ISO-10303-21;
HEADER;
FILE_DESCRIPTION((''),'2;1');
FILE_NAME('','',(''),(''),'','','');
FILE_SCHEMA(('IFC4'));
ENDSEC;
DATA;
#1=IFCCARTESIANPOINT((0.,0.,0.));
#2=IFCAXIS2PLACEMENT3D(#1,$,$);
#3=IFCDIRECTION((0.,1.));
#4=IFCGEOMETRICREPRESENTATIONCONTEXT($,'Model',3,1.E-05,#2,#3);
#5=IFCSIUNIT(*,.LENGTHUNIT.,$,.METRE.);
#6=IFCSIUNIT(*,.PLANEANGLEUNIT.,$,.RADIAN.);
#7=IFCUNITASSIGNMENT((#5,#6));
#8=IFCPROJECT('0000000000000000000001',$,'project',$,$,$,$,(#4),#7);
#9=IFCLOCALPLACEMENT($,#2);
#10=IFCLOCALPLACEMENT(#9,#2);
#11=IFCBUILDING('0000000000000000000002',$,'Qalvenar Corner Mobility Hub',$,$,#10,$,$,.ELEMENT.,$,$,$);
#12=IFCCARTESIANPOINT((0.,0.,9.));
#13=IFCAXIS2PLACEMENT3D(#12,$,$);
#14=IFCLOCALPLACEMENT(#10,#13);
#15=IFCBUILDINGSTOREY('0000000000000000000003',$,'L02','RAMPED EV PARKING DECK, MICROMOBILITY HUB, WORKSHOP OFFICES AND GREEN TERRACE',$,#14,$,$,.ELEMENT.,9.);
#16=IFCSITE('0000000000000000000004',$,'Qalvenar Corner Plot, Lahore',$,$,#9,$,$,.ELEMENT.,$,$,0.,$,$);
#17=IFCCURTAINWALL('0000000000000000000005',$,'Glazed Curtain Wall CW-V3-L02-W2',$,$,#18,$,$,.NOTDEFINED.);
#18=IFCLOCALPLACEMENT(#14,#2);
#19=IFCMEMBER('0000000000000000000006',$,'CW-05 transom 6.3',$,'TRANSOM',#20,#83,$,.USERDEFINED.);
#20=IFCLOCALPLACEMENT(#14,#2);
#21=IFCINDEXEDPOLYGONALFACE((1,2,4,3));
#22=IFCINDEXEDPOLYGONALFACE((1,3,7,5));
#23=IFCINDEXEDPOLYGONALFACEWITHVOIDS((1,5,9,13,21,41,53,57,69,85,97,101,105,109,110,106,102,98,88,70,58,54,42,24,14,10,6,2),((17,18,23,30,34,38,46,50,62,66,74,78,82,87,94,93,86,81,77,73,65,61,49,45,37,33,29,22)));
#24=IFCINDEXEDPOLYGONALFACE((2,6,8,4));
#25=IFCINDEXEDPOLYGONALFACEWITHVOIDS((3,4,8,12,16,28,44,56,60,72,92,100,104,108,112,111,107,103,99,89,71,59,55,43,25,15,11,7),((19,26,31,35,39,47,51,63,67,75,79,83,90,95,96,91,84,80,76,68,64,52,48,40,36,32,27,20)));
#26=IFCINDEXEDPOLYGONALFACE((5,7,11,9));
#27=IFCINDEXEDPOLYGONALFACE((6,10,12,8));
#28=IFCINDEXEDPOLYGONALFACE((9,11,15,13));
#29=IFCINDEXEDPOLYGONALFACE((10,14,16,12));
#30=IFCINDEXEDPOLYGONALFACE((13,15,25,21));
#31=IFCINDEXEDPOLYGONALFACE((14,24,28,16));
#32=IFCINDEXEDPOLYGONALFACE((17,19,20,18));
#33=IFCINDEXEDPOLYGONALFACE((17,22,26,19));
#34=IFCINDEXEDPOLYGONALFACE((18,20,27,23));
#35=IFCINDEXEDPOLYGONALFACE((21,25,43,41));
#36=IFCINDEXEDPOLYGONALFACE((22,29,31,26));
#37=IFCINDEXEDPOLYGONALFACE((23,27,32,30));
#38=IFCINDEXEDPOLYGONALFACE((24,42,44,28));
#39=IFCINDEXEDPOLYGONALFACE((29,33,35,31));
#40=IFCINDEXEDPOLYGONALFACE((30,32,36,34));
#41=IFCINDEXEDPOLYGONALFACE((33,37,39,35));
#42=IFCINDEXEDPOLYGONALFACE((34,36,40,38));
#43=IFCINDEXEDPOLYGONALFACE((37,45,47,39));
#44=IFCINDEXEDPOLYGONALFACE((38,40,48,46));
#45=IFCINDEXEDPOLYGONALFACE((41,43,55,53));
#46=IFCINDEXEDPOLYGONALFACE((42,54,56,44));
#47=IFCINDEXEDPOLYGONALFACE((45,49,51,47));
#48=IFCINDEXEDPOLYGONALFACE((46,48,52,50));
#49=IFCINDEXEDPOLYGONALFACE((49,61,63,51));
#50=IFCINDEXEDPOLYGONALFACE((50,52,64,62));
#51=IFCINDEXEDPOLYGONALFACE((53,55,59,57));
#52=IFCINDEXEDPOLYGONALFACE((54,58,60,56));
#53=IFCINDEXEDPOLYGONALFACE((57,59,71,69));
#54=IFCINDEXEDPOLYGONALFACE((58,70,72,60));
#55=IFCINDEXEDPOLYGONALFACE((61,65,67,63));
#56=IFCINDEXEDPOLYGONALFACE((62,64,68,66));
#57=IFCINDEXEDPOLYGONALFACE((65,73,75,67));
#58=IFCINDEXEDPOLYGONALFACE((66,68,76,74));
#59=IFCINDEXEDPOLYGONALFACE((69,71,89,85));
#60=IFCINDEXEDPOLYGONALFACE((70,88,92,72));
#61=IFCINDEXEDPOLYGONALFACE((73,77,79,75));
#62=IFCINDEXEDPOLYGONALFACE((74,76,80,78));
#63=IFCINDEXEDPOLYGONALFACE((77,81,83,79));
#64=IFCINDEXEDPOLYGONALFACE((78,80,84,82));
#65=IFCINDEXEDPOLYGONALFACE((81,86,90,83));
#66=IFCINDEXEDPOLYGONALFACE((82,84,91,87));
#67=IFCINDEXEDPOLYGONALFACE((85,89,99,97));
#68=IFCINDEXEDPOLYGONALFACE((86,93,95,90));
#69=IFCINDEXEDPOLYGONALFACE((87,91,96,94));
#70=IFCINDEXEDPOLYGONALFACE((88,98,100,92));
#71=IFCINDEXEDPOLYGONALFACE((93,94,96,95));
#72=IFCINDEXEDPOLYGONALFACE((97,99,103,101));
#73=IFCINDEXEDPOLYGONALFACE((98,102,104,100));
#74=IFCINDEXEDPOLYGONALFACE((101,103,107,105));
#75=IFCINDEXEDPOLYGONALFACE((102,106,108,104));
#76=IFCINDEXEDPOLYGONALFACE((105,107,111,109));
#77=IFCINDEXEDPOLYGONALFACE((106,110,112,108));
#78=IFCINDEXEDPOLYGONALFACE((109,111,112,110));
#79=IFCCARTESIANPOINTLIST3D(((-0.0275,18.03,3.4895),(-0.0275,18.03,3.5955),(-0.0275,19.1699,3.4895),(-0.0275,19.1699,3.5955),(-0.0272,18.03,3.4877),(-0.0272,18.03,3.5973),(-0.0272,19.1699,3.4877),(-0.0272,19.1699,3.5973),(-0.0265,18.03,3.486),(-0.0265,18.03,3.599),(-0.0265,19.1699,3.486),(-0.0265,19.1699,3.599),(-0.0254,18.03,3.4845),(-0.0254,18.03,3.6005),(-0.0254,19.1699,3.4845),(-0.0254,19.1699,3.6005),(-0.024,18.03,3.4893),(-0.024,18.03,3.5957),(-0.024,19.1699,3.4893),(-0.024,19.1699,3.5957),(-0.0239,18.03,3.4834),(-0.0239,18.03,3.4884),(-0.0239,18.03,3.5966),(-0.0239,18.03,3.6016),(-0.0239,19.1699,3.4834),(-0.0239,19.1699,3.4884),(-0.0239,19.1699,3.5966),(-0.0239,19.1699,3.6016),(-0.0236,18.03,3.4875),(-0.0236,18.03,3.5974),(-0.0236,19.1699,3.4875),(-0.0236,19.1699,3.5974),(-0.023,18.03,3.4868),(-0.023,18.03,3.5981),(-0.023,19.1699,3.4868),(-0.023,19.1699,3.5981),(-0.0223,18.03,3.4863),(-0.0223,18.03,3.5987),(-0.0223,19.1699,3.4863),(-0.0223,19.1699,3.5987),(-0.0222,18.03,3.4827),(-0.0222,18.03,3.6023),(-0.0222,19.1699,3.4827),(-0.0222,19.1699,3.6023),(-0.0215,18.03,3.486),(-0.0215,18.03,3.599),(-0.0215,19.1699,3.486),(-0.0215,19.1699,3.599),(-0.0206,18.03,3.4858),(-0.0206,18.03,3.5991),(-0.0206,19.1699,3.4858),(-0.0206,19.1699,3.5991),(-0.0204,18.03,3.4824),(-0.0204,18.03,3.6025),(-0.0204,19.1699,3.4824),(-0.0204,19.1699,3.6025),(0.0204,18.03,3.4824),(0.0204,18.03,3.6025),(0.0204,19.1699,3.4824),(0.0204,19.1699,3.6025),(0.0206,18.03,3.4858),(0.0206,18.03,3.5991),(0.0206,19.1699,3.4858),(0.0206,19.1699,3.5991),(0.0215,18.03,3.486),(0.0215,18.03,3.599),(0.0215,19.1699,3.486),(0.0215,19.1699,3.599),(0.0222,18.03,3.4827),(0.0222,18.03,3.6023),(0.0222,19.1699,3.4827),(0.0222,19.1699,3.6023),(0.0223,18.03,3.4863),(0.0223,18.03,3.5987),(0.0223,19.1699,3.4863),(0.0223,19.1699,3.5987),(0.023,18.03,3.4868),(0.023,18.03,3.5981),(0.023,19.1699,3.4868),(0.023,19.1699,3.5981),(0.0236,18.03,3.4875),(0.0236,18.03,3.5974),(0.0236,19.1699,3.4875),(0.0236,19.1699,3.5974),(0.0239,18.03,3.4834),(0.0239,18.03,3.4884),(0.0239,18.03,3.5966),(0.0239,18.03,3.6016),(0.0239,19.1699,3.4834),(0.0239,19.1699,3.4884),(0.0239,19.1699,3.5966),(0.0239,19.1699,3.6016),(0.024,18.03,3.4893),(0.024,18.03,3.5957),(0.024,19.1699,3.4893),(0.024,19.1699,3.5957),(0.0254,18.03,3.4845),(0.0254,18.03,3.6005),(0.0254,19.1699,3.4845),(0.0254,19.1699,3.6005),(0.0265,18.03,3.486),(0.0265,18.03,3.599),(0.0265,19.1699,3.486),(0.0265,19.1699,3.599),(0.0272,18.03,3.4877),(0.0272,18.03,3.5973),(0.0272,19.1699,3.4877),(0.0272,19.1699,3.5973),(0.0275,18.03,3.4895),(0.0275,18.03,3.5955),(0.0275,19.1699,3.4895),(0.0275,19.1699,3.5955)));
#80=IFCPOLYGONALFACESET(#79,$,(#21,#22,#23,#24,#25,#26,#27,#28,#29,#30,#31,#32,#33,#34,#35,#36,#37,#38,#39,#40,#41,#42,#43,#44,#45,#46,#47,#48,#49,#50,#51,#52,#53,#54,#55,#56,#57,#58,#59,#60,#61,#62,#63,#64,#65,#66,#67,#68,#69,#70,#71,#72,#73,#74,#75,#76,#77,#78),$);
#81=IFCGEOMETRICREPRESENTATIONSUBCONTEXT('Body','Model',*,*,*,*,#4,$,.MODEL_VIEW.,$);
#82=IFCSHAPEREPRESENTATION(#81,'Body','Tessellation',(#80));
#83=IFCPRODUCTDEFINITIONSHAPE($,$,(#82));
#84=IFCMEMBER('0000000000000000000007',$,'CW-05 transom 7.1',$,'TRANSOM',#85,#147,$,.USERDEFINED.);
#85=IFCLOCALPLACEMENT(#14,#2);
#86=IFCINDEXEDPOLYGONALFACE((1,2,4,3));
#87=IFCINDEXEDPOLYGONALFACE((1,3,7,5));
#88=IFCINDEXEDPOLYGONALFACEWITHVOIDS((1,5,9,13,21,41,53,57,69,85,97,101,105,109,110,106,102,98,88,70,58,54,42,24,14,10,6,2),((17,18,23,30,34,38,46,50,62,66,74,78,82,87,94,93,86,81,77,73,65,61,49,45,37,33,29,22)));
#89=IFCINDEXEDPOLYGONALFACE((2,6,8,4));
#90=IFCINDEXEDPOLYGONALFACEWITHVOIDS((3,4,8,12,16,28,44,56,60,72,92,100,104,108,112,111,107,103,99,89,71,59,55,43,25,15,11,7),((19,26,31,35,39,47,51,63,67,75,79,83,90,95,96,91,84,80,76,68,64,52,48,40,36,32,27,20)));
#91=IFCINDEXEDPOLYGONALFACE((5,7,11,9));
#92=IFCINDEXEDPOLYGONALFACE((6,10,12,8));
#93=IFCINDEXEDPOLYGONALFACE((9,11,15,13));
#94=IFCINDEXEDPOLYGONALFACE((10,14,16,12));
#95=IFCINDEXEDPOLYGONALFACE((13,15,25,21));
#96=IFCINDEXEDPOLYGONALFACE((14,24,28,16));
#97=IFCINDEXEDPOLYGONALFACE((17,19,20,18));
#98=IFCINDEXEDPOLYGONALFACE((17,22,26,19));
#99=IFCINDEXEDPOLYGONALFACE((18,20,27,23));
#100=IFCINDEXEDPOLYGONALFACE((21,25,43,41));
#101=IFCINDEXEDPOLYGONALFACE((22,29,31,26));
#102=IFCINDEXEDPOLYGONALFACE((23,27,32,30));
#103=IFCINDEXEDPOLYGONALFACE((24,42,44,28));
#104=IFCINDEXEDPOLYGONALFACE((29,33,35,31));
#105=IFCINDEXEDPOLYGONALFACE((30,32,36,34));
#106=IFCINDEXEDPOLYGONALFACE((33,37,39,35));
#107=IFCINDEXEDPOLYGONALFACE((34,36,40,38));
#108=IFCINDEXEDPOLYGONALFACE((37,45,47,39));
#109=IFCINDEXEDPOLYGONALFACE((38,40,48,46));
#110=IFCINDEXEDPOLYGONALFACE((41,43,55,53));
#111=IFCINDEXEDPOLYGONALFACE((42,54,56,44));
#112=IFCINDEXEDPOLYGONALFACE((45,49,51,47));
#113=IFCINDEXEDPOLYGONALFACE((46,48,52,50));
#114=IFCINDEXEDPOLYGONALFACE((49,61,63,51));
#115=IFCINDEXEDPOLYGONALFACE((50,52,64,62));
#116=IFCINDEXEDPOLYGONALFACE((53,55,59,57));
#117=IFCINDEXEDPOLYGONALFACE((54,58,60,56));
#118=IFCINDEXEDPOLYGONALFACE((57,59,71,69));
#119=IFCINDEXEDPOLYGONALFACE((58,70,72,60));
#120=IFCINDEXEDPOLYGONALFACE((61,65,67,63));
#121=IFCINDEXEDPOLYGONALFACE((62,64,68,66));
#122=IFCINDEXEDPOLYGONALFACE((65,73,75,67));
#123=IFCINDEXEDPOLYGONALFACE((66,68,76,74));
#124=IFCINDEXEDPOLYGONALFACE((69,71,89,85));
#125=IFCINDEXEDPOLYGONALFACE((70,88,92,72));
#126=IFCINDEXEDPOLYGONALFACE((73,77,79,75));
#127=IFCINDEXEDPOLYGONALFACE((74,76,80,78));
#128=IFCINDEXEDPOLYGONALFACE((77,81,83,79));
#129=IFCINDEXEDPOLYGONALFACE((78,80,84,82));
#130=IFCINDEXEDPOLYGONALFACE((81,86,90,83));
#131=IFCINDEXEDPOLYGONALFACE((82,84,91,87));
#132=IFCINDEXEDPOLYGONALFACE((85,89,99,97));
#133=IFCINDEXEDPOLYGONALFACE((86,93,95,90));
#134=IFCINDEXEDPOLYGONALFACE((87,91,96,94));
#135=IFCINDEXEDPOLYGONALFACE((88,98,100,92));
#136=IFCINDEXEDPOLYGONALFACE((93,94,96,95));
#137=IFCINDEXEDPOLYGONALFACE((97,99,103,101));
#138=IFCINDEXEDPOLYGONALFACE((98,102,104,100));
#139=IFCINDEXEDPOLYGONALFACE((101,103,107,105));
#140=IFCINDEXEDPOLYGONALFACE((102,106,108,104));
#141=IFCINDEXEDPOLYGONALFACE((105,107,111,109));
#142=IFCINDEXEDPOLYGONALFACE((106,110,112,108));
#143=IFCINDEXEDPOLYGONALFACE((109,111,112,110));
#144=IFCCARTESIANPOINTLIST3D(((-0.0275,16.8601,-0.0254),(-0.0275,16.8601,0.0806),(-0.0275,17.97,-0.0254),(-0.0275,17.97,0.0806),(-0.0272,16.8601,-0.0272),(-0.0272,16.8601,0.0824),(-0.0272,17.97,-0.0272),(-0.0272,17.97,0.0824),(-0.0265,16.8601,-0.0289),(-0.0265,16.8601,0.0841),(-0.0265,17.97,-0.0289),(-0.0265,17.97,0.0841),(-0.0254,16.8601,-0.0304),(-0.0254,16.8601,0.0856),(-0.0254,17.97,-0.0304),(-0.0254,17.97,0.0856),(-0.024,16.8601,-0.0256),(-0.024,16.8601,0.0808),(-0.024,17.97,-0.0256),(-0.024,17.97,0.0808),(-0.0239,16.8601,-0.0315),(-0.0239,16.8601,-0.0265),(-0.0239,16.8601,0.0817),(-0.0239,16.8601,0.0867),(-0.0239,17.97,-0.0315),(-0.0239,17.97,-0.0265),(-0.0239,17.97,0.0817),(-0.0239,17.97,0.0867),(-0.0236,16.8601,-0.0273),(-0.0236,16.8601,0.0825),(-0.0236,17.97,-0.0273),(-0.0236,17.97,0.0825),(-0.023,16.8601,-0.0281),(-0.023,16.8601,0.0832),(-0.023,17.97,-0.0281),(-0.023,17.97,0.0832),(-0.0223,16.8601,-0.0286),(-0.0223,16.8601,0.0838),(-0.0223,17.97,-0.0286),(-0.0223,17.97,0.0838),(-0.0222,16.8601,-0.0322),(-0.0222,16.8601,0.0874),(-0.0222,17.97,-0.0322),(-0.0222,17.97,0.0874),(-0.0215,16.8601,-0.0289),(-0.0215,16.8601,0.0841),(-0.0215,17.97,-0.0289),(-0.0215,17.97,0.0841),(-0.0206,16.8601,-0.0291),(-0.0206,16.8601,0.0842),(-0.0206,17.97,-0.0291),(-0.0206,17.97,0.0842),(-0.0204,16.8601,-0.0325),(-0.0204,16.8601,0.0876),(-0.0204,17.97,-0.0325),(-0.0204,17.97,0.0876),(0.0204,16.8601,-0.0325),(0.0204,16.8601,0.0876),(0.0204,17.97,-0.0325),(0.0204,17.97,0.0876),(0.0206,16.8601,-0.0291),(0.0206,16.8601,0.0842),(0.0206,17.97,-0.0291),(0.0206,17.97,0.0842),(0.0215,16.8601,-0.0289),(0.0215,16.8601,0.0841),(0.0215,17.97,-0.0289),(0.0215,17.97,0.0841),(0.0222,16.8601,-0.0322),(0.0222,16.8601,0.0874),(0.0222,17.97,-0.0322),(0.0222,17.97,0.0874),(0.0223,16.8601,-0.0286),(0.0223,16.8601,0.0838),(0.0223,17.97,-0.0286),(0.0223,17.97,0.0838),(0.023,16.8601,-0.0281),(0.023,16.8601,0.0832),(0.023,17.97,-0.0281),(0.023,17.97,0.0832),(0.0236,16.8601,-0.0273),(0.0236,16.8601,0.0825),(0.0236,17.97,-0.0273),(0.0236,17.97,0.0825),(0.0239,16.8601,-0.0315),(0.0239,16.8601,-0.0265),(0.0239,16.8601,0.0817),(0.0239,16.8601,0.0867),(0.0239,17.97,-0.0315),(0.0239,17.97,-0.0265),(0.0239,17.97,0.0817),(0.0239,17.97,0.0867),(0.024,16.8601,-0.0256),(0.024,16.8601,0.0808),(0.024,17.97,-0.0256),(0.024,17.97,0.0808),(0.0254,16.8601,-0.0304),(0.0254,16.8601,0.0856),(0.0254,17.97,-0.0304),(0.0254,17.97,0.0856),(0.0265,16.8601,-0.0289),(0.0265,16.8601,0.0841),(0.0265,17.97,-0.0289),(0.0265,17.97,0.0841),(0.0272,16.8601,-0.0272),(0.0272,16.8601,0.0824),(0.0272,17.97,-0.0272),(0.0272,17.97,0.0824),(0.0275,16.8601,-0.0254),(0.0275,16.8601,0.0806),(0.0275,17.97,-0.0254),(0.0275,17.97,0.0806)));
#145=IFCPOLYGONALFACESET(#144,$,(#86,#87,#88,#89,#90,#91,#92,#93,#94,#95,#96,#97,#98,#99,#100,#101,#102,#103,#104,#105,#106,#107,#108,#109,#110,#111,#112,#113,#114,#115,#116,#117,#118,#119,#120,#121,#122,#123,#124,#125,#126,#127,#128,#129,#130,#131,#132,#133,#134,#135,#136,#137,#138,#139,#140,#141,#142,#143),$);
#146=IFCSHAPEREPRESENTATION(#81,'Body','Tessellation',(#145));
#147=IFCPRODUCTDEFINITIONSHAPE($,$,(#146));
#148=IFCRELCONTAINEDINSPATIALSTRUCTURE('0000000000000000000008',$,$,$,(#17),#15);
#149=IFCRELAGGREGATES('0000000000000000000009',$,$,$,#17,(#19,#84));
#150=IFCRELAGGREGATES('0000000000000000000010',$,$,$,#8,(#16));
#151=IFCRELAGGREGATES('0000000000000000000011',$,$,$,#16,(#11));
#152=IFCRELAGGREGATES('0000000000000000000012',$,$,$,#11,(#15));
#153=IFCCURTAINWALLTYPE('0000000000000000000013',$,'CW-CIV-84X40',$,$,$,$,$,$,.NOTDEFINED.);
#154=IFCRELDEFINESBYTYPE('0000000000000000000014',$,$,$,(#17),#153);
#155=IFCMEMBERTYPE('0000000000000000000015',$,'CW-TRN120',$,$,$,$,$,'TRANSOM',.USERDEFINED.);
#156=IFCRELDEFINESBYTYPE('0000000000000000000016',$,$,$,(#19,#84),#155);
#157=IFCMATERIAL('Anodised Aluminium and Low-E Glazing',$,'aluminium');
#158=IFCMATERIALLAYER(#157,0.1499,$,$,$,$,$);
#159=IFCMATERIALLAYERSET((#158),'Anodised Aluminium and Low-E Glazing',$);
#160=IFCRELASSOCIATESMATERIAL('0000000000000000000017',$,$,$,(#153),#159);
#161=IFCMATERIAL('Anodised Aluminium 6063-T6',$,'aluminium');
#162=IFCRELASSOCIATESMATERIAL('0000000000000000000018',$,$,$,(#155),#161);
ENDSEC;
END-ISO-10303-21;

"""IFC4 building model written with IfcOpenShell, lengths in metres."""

from ifc_helpers import new_model, si_unit, direction, frame, origin, origin_2d, place, context, subcontext, project, spatial, hollow_rectangle, extrude, material, layer, layer_set, material_profile, profile_set, type_object, element, aggregate, save


model = new_model("IFC4")

# Units and contexts
model_context = context("Model", 3, precision=1e-05, world=origin(), true_north=direction((0.0, 1.0)))
body_context = subcontext(model_context, "Body", "Model", "MODEL_VIEW")
ifc_project = project(units=[si_unit("LENGTHUNIT", "METRE"), si_unit("PLANEANGLEUNIT", "RADIAN")], contexts=[model_context])

# Site, building, storey
site_placement = place(None, origin())
site = spatial("IfcSite", under=ifc_project, at=site_placement, Name="Qalvenar Corner Plot, Lahore", CompositionType="ELEMENT", RefElevation=0.0)
building_placement = place(site_placement, origin())
building = spatial("IfcBuilding", under=site, at=building_placement, Name="Qalvenar Corner Mobility Hub", CompositionType="ELEMENT")
storey_placement = place(building_placement, frame((0.0, 0.0, 9.0)))
storey = spatial("IfcBuildingStorey", under=building, at=storey_placement, Name="L02", Description="RAMPED EV PARKING DECK, MICROMOBILITY HUB, WORKSHOP OFFICES AND GREEN TERRACE", CompositionType="ELEMENT", Elevation=9.0)

# Curtain wall
ifc_material_1 = material(Name="Anodised Aluminium and Low-E Glazing", Category="aluminium")
ifc_layer_1 = layer(ifc_material_1, 0.1499)
ifc_layer_set_1 = layer_set([ifc_layer_1], Name="Anodised Aluminium and Low-E Glazing")
curtain_wall_type = type_object("IfcCurtainWallType", Name="CW-CIV-84X40", PredefinedType="NOTDEFINED", material=ifc_layer_set_1)
ifc_material_2 = material(Name="Anodised Aluminium 6063-T6", Category="aluminium")
curtain_wall_1_placement = place(storey_placement, origin())
curtain_wall_1 = element("IfcCurtainWall", 1, at=curtain_wall_1_placement, inside=storey, type_object=curtain_wall_type, Name="Glazed Curtain Wall CW-V3-L02-W2", PredefinedType="NOTDEFINED")

# Members
ifc_material_profile_1 = material_profile(ifc_material_2, hollow_rectangle(XDim=0.0549, YDim=0.1201, WallThickness=0.0034, InnerFilletRadius=0.0034, OuterFilletRadius=0.0071, at=origin_2d()), Name="RHS120x55x3.5")
ifc_profile_set_1 = profile_set([ifc_material_profile_1], Name="Anodised Aluminium 6063-T6")
member_type_1 = type_object("IfcMemberType", Name="CW-TRN120", ElementType="TRANSOM", PredefinedType="USERDEFINED", material=ifc_profile_set_1)
member_1_placement = place(storey_placement, frame((0.0, 19.1699, 3.5425), z_axis=(0.0, -1.0, 0.0), x_axis=(1.0, 0.0, 0.0)))
member_1 = element("IfcMember", 2, at=member_1_placement, type_object=member_type_1, Name="CW-05 transom 6.3", ObjectType="TRANSOM", PredefinedType="USERDEFINED", context=body_context, shape_type="SweptSolid", body=[
    extrude(hollow_rectangle(XDim=0.0549, YDim=0.1201, WallThickness=0.0034, InnerFilletRadius=0.0034, OuterFilletRadius=0.0071, at=origin_2d()), origin(), (0.0, 0.0, 1.0), 1.1399),
])
member_2_placement = place(storey_placement, frame((0.0, 17.97, 0.0276), z_axis=(0.0, -1.0, 0.0), x_axis=(1.0, 0.0, 0.0)))
member_2 = element("IfcMember", 3, at=member_2_placement, type_object=member_type_1, Name="CW-05 transom 7.1", ObjectType="TRANSOM", PredefinedType="USERDEFINED", context=body_context, shape_type="SweptSolid", body=[
    extrude(hollow_rectangle(XDim=0.0549, YDim=0.1201, WallThickness=0.0034, InnerFilletRadius=0.0034, OuterFilletRadius=0.0071, at=origin_2d()), origin(), (0.0, 0.0, 1.0), 1.1099),
])

aggregate(curtain_wall_1, [member_1, member_2])

save(model, "model.ifc")
